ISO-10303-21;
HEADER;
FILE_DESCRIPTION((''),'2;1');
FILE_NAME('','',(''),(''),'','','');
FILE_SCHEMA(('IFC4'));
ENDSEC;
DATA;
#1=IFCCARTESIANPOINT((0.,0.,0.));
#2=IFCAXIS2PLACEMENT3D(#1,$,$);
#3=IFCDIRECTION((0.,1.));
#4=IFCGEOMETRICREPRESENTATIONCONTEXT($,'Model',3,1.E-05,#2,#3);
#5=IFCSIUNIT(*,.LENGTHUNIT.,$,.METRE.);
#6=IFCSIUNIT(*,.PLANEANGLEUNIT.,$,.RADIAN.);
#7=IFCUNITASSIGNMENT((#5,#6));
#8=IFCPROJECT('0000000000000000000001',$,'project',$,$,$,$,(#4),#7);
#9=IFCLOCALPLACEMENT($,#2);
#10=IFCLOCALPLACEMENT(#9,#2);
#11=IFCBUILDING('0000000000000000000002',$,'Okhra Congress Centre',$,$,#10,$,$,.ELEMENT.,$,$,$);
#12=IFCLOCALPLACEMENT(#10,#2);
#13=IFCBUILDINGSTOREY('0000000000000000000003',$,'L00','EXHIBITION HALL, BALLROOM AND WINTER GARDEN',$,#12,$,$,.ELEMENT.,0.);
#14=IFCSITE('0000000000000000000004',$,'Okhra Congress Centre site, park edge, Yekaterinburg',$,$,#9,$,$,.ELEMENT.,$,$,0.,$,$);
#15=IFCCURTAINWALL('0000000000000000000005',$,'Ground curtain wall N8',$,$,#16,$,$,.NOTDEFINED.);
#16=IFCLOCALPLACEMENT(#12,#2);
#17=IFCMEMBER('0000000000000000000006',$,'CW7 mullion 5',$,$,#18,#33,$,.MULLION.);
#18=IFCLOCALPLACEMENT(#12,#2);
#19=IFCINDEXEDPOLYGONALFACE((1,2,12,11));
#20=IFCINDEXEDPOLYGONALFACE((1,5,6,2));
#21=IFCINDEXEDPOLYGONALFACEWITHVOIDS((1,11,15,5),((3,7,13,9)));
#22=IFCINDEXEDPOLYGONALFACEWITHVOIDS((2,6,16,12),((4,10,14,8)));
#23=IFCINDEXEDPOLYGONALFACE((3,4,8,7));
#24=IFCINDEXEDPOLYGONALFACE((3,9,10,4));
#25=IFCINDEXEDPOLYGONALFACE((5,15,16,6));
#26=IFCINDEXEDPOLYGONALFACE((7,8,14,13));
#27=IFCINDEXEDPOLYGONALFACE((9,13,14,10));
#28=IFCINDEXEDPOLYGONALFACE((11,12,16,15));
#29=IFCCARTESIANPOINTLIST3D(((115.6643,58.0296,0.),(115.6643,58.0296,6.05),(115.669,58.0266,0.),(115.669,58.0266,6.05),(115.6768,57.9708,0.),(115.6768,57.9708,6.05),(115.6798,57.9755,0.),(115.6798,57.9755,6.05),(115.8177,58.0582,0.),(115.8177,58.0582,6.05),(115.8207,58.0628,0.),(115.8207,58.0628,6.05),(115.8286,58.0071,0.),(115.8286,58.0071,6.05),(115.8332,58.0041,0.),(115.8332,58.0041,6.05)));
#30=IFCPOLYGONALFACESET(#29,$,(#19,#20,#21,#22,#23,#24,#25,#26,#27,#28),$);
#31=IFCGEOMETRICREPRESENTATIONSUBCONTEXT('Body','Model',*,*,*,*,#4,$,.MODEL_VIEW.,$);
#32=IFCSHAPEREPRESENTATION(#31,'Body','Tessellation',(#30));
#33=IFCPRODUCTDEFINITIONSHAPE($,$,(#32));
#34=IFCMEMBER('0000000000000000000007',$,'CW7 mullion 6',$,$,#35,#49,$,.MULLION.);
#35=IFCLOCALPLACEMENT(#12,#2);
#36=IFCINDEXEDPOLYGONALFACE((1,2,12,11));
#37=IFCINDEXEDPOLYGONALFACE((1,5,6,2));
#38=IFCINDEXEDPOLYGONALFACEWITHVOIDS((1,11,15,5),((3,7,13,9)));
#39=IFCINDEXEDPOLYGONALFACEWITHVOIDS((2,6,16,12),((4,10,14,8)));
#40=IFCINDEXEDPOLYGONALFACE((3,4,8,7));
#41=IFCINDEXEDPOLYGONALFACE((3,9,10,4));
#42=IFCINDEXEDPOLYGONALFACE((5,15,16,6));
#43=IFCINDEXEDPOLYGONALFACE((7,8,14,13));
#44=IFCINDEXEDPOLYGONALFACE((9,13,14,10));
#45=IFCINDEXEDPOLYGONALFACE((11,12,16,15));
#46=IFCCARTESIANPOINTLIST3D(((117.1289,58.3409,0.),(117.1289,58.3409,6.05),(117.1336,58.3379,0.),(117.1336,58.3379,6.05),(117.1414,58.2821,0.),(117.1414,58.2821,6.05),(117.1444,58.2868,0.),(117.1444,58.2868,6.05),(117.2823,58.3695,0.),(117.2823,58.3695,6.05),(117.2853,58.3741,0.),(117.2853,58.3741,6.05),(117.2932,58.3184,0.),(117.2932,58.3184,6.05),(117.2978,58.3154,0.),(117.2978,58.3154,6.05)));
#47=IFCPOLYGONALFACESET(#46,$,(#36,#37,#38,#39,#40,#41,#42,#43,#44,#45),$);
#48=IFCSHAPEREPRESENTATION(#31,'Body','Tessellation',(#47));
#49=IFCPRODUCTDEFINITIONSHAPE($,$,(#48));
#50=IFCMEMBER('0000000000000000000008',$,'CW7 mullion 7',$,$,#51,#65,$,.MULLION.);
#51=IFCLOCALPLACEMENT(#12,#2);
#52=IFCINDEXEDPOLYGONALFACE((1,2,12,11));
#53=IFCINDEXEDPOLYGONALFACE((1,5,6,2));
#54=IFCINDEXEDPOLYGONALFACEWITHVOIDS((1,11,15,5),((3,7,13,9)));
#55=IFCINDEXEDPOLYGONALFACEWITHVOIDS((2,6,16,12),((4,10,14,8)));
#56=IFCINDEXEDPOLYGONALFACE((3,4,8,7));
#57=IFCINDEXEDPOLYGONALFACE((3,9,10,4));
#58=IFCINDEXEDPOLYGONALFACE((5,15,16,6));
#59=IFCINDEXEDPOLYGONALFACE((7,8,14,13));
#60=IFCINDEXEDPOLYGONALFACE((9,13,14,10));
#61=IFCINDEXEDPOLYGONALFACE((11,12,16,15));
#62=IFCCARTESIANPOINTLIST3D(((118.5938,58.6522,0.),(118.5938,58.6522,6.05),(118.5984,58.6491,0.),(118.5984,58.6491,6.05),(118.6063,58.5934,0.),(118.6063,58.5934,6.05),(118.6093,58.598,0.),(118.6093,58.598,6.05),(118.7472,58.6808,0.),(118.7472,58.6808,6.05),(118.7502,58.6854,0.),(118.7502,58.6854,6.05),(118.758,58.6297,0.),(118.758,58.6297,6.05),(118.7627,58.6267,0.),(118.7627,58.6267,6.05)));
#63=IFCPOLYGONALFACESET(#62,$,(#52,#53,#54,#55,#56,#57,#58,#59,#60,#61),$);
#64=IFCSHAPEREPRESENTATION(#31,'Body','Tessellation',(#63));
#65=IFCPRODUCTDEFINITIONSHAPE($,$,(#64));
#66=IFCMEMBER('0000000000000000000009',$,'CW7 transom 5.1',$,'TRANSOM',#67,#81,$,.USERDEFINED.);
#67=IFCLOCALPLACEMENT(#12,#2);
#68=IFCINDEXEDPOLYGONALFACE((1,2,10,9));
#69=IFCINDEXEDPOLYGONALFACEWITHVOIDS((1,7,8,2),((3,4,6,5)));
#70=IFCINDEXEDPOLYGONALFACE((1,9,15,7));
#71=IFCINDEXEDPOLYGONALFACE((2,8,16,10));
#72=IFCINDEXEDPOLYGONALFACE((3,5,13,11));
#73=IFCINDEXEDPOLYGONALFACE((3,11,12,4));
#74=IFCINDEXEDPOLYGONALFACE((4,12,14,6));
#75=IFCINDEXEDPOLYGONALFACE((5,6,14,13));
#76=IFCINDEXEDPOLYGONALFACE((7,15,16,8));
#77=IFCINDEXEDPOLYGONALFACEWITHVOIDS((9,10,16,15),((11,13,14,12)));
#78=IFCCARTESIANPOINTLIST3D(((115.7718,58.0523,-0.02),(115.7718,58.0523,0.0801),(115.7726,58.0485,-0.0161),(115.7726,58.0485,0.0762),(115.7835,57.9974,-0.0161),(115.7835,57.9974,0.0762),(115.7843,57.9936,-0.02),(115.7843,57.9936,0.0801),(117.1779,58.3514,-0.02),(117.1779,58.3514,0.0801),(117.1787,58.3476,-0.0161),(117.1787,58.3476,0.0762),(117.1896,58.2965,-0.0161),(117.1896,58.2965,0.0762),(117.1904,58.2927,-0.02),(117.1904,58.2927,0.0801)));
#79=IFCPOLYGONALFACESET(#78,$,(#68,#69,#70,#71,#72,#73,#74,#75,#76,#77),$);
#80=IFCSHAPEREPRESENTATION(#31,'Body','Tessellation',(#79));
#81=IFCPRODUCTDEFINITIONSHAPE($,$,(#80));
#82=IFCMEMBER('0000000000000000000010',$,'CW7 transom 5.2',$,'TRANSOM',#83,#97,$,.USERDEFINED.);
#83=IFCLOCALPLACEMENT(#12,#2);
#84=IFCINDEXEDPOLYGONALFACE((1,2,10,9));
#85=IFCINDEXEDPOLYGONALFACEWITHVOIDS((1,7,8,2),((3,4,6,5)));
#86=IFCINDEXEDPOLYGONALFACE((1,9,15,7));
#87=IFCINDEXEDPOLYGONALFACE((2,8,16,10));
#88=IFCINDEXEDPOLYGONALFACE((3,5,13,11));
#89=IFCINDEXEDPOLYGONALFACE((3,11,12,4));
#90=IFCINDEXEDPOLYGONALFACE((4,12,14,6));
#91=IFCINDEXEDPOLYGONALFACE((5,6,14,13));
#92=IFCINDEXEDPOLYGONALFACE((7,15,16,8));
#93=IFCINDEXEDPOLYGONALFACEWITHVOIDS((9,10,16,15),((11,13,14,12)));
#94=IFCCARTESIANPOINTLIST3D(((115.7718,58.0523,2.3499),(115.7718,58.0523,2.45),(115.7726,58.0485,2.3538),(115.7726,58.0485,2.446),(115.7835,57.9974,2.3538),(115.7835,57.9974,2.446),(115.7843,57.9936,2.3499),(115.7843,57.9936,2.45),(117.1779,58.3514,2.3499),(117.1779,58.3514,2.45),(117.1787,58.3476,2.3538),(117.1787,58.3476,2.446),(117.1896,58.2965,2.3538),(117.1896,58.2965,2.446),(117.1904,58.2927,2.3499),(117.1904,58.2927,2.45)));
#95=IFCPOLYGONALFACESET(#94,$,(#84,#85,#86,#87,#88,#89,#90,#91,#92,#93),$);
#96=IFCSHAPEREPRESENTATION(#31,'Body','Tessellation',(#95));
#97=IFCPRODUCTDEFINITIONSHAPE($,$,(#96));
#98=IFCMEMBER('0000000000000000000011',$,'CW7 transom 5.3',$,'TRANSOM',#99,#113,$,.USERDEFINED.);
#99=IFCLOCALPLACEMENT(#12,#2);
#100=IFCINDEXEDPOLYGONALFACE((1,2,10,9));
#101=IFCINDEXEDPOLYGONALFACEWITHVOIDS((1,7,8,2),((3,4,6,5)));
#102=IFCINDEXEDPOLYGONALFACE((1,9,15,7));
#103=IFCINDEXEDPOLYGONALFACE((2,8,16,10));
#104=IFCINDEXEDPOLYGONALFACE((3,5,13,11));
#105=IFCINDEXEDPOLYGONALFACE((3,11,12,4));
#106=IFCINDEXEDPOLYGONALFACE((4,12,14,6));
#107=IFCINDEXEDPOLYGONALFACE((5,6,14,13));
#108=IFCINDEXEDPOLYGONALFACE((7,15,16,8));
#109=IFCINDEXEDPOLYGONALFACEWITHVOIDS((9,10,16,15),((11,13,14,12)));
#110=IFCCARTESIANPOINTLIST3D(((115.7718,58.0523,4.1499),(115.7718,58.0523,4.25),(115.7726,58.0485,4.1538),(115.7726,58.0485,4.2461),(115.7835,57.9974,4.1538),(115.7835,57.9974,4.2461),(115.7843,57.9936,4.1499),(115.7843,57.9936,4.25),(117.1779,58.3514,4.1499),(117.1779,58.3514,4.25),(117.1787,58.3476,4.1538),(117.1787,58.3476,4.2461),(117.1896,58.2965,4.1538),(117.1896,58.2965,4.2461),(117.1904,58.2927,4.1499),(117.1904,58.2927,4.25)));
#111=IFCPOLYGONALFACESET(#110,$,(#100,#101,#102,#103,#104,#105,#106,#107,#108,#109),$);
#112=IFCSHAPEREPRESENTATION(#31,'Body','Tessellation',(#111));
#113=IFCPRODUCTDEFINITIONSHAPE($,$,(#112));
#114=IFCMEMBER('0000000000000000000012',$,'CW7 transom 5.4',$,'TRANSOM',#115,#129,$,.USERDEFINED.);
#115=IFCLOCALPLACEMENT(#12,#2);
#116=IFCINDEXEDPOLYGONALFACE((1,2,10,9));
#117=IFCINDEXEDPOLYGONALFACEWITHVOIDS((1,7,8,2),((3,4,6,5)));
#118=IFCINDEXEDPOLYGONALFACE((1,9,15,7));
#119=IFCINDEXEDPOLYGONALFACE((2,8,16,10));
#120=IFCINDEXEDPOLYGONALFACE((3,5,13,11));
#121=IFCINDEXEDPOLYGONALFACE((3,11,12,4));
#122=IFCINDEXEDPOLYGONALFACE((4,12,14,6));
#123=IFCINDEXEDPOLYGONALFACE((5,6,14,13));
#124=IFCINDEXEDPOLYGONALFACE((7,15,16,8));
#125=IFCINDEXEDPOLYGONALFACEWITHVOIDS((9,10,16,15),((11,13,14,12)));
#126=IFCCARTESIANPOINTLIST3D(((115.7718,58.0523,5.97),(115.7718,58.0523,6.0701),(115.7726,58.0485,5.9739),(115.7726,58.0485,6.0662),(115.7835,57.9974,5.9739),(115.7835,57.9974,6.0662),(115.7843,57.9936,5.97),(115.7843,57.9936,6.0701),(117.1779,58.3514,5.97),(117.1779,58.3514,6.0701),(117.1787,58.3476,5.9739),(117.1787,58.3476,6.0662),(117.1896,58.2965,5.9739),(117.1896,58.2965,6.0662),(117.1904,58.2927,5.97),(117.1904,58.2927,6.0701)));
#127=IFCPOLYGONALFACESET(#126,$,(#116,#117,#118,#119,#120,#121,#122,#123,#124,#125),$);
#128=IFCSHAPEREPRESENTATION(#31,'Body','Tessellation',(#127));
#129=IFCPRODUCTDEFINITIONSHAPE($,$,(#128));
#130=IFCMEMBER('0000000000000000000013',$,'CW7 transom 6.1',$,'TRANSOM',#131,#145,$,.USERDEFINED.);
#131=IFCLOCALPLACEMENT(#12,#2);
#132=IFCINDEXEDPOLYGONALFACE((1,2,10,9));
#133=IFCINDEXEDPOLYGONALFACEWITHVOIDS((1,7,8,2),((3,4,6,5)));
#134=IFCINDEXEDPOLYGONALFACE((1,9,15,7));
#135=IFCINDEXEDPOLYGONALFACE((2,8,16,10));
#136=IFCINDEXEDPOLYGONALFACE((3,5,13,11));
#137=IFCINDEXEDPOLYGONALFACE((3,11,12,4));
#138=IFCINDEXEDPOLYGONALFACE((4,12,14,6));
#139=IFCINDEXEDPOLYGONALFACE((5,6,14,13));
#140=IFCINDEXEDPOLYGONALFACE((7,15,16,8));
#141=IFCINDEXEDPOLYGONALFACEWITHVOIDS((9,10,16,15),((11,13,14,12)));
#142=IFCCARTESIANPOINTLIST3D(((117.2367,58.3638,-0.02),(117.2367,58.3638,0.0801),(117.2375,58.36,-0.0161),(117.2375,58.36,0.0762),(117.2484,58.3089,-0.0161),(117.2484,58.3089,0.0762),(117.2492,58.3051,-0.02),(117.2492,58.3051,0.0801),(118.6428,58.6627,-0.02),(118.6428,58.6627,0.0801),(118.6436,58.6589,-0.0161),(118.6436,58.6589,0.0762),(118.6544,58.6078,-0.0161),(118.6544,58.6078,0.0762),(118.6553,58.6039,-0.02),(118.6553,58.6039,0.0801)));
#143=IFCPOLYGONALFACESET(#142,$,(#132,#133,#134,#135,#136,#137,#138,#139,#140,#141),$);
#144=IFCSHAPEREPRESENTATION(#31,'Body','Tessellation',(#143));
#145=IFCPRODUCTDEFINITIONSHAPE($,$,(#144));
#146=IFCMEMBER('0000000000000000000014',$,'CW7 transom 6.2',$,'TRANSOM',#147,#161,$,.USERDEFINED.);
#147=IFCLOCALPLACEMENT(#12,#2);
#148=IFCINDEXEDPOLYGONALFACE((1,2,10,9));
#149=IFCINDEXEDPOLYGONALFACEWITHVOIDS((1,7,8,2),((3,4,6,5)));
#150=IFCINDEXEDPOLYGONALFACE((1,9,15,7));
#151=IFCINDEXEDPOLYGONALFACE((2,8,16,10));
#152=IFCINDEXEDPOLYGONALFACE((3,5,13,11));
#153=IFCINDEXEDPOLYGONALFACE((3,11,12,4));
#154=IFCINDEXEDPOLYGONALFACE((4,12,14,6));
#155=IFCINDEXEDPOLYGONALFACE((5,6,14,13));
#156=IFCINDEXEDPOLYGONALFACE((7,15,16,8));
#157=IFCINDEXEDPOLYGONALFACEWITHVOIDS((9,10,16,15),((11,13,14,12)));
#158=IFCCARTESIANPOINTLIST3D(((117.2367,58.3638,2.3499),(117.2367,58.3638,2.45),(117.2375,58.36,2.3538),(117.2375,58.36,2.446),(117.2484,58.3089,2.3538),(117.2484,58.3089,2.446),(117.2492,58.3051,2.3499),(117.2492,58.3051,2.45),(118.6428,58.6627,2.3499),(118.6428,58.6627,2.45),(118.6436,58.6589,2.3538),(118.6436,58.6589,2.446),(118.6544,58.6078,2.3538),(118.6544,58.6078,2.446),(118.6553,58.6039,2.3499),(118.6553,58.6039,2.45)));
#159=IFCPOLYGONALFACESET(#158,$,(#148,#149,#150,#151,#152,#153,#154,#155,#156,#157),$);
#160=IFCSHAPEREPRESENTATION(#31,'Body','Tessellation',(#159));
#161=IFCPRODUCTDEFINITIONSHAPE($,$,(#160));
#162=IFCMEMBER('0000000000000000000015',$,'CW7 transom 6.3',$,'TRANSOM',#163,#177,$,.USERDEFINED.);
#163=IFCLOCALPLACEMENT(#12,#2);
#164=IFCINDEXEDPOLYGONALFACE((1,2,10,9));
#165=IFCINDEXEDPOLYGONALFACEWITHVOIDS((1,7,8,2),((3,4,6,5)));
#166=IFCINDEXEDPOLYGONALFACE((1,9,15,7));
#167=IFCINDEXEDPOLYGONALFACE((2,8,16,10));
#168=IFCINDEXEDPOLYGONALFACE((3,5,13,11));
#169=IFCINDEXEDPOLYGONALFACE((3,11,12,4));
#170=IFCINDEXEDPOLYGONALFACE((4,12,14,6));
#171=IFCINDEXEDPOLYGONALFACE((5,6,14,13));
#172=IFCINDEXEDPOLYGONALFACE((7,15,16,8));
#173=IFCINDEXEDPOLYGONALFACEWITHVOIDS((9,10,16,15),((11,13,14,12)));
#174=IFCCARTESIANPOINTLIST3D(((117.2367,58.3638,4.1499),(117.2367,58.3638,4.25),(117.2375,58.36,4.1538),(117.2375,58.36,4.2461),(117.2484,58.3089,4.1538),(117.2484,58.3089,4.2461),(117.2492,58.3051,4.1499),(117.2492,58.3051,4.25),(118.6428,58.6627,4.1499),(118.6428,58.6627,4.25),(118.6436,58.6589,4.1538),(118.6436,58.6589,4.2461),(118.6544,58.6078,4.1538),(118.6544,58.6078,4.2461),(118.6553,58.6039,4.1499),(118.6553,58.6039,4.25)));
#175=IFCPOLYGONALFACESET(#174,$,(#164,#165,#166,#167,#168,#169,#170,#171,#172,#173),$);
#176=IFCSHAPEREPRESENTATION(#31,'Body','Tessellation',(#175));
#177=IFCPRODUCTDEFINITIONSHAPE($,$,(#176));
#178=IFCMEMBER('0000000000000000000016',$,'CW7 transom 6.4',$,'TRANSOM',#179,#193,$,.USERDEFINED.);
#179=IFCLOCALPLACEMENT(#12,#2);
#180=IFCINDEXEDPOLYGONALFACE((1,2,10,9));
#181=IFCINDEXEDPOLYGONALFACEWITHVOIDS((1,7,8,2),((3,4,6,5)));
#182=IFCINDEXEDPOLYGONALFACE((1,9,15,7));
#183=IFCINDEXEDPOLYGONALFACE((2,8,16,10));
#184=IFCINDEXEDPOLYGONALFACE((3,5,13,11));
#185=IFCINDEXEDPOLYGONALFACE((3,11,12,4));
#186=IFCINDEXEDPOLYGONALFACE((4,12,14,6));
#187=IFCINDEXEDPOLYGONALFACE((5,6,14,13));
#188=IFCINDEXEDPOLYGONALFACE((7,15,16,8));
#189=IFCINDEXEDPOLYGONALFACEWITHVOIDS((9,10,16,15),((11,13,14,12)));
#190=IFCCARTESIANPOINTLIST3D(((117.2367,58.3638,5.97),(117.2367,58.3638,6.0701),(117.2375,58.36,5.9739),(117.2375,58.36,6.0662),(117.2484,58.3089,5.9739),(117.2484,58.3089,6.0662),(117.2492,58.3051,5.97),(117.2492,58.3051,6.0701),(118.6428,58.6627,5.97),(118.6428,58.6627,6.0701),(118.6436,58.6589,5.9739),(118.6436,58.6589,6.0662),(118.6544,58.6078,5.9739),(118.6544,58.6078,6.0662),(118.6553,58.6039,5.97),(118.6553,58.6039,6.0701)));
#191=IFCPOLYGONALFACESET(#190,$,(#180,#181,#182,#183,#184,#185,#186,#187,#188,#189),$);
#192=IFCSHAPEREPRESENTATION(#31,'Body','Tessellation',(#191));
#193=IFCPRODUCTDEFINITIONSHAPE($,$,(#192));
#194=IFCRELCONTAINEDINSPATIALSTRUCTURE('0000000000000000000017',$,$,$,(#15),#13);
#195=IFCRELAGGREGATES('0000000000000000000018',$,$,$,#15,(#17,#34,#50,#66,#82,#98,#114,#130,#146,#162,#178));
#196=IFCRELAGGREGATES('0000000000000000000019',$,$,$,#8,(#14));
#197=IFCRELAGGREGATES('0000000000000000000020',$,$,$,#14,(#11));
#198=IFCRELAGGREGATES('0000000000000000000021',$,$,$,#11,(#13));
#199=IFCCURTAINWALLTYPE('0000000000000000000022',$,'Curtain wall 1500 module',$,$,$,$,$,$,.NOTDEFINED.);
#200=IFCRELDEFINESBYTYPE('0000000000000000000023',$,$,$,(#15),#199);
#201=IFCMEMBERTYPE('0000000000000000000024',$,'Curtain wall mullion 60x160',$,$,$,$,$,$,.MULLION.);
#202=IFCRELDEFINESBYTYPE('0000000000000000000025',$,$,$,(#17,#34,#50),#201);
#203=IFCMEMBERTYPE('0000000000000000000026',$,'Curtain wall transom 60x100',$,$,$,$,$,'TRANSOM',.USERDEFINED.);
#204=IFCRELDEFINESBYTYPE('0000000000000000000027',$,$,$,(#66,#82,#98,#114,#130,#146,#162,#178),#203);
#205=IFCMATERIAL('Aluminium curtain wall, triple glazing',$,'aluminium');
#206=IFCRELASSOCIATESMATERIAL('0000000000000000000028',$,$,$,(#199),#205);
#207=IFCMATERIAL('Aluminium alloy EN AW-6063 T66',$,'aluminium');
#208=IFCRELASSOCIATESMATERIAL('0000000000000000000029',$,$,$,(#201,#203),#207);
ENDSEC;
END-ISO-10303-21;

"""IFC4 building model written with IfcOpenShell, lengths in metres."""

from ifc_helpers import new_model, si_unit, direction, frame, origin, origin_2d, place, context, subcontext, project, spatial, hollow_rectangle, extrude, material, material_profile, profile_set, type_object, element, aggregate, save


model = new_model("IFC4")

# Units and contexts
model_context = context("Model", 3, precision=1e-05, world=origin(), true_north=direction((0.0, 1.0)))
body_context = subcontext(model_context, "Body", "Model", "MODEL_VIEW")
ifc_project = project(units=[si_unit("LENGTHUNIT", "METRE"), si_unit("PLANEANGLEUNIT", "RADIAN")], contexts=[model_context])

# Site, building, storey
site_placement = place(None, origin())
site = spatial("IfcSite", under=ifc_project, at=site_placement, Name="Okhra Congress Centre site, park edge, Yekaterinburg", CompositionType="ELEMENT", RefElevation=0.0)
building_placement = place(site_placement, origin())
building = spatial("IfcBuilding", under=site, at=building_placement, Name="Okhra Congress Centre", CompositionType="ELEMENT")
storey_placement = place(building_placement, origin())
storey = spatial("IfcBuildingStorey", under=building, at=storey_placement, Name="L00", Description="EXHIBITION HALL, BALLROOM AND WINTER GARDEN", CompositionType="ELEMENT", Elevation=0.0)

# Curtain wall, members
ifc_material_1 = material(Name="Aluminium curtain wall, triple glazing", Category="aluminium")
curtain_wall_type = type_object("IfcCurtainWallType", Name="Curtain wall 1500 module", PredefinedType="NOTDEFINED", material=ifc_material_1)
curtain_wall_placement = place(storey_placement, origin())
curtain_wall = element("IfcCurtainWall", 1, at=curtain_wall_placement, inside=storey, type_object=curtain_wall_type, Name="Ground curtain wall N8", PredefinedType="NOTDEFINED")
ifc_material_2 = material(Name="Aluminium alloy EN AW-6063 T66", Category="aluminium")
ifc_material_profile_1 = material_profile(ifc_material_2, hollow_rectangle(XDim=0.0601, YDim=0.1599, WallThickness=0.0039, at=origin_2d()), Name="RHS 60x160x4")
ifc_profile_set_1 = profile_set([ifc_material_profile_1], Name="Aluminium alloy EN AW-6063 T66")
member_type_1 = type_object("IfcMemberType", Name="Curtain wall mullion 60x160", PredefinedType="MULLION", material=ifc_profile_set_1)
member_1_placement = place(storey_placement, frame((115.7488, 58.0168, 0.0), z_axis=(0.0, 0.0, 1.0), x_axis=(-0.207912, 0.978148, 0.0)))
member_1 = element("IfcMember", 2, at=member_1_placement, type_object=member_type_1, Name="CW7 mullion 5", PredefinedType="MULLION", context=body_context, shape_type="SweptSolid", body=[
    extrude(hollow_rectangle(XDim=0.0601, YDim=0.1599, WallThickness=0.0039, at=origin_2d()), origin(), (0.0, 0.0, 1.0), 6.05),
])
member_2_placement = place(storey_placement, frame((117.2134, 58.3281, 0.0), z_axis=(0.0, 0.0, 1.0), x_axis=(-0.207912, 0.978148, 0.0)))
member_2 = element("IfcMember", 3, at=member_2_placement, type_object=member_type_1, Name="CW7 mullion 6", PredefinedType="MULLION", context=body_context, shape_type="SweptSolid", body=[
    extrude(hollow_rectangle(XDim=0.0601, YDim=0.1599, WallThickness=0.0039, at=origin_2d()), origin(), (0.0, 0.0, 1.0), 6.05),
])
member_3_placement = place(storey_placement, frame((118.6782, 58.6394, 0.0), z_axis=(0.0, 0.0, 1.0), x_axis=(-0.207912, 0.978148, 0.0)))
member_3 = element("IfcMember", 4, at=member_3_placement, type_object=member_type_1, Name="CW7 mullion 7", PredefinedType="MULLION", context=body_context, shape_type="SweptSolid", body=[
    extrude(hollow_rectangle(XDim=0.0601, YDim=0.1599, WallThickness=0.0039, at=origin_2d()), origin(), (0.0, 0.0, 1.0), 6.05),
])
ifc_material_profile_2 = material_profile(ifc_material_2, hollow_rectangle(XDim=0.0601, YDim=0.1001, WallThickness=0.0039, at=origin_2d()), Name="RHS 60x100x4")
ifc_profile_set_2 = profile_set([ifc_material_profile_2], Name="Aluminium alloy EN AW-6063 T66")
member_type_2 = type_object("IfcMemberType", Name="Curtain wall transom 60x100", ElementType="TRANSOM", PredefinedType="USERDEFINED", material=ifc_profile_set_2)
member_4_placement = place(storey_placement, frame((115.7781, 58.0229, 0.03), z_axis=(0.978117, 0.208056, 0.0), x_axis=(-0.208056, 0.978117, 0.0)))
member_4 = element("IfcMember", 5, at=member_4_placement, type_object=member_type_2, Name="CW7 transom 5.1", ObjectType="TRANSOM", PredefinedType="USERDEFINED", context=body_context, shape_type="SweptSolid", body=[
    extrude(hollow_rectangle(XDim=0.0601, YDim=0.1001, WallThickness=0.0039, at=origin_2d()), origin(), (0.0, 0.0, 1.0), 1.4375),
])
member_5_placement = place(storey_placement, frame((115.7781, 58.0229, 2.3999), z_axis=(0.978117, 0.208056, 0.0), x_axis=(-0.208056, 0.978117, 0.0)))
member_5 = element("IfcMember", 6, at=member_5_placement, type_object=member_type_2, Name="CW7 transom 5.2", ObjectType="TRANSOM", PredefinedType="USERDEFINED", context=body_context, shape_type="SweptSolid", body=[
    extrude(hollow_rectangle(XDim=0.0601, YDim=0.1001, WallThickness=0.0039, at=origin_2d()), origin(), (0.0, 0.0, 1.0), 1.4375),
])
member_6_placement = place(storey_placement, frame((115.7781, 58.0229, 4.2), z_axis=(0.978117, 0.208056, 0.0), x_axis=(-0.208056, 0.978117, 0.0)))
member_6 = element("IfcMember", 7, at=member_6_placement, type_object=member_type_2, Name="CW7 transom 5.3", ObjectType="TRANSOM", PredefinedType="USERDEFINED", context=body_context, shape_type="SweptSolid", body=[
    extrude(hollow_rectangle(XDim=0.0601, YDim=0.1001, WallThickness=0.0039, at=origin_2d()), origin(), (0.0, 0.0, 1.0), 1.4375),
])
member_7_placement = place(storey_placement, frame((115.7781, 58.0229, 6.02), z_axis=(0.978117, 0.208056, 0.0), x_axis=(-0.208056, 0.978117, 0.0)))
member_7 = element("IfcMember", 8, at=member_7_placement, type_object=member_type_2, Name="CW7 transom 5.4", ObjectType="TRANSOM", PredefinedType="USERDEFINED", context=body_context, shape_type="SweptSolid", body=[
    extrude(hollow_rectangle(XDim=0.0601, YDim=0.1001, WallThickness=0.0039, at=origin_2d()), origin(), (0.0, 0.0, 1.0), 1.4375),
])
member_8_placement = place(storey_placement, frame((117.2429, 58.3345, 0.03), z_axis=(0.978152, 0.207893, 0.0), x_axis=(-0.207893, 0.978152, 0.0)))
member_8 = element("IfcMember", 9, at=member_8_placement, type_object=member_type_2, Name="CW7 transom 6.1", ObjectType="TRANSOM", PredefinedType="USERDEFINED", context=body_context, shape_type="SweptSolid", body=[
    extrude(hollow_rectangle(XDim=0.0601, YDim=0.1001, WallThickness=0.0039, at=origin_2d()), origin(), (0.0, 0.0, 1.0), 1.4375),
])
member_9_placement = place(storey_placement, frame((117.2429, 58.3345, 2.3999), z_axis=(0.978152, 0.207893, 0.0), x_axis=(-0.207893, 0.978152, 0.0)))
member_9 = element("IfcMember", 10, at=member_9_placement, type_object=member_type_2, Name="CW7 transom 6.2", ObjectType="TRANSOM", PredefinedType="USERDEFINED", context=body_context, shape_type="SweptSolid", body=[
    extrude(hollow_rectangle(XDim=0.0601, YDim=0.1001, WallThickness=0.0039, at=origin_2d()), origin(), (0.0, 0.0, 1.0), 1.4375),
])
member_10_placement = place(storey_placement, frame((117.2429, 58.3345, 4.2), z_axis=(0.978152, 0.207893, 0.0), x_axis=(-0.207893, 0.978152, 0.0)))
member_10 = element("IfcMember", 11, at=member_10_placement, type_object=member_type_2, Name="CW7 transom 6.3", ObjectType="TRANSOM", PredefinedType="USERDEFINED", context=body_context, shape_type="SweptSolid", body=[
    extrude(hollow_rectangle(XDim=0.0601, YDim=0.1001, WallThickness=0.0039, at=origin_2d()), origin(), (0.0, 0.0, 1.0), 1.4375),
])
member_11_placement = place(storey_placement, frame((117.2429, 58.3345, 6.02), z_axis=(0.978152, 0.207893, 0.0), x_axis=(-0.207893, 0.978152, 0.0)))
member_11 = element("IfcMember", 12, at=member_11_placement, type_object=member_type_2, Name="CW7 transom 6.4", ObjectType="TRANSOM", PredefinedType="USERDEFINED", context=body_context, shape_type="SweptSolid", body=[
    extrude(hollow_rectangle(XDim=0.0601, YDim=0.1001, WallThickness=0.0039, at=origin_2d()), origin(), (0.0, 0.0, 1.0), 1.4375),
])
aggregate(curtain_wall, [member_1, member_2, member_3, member_4, member_5, member_6, member_7, member_8, member_9, member_10, member_11])

save(model, "model.ifc")
